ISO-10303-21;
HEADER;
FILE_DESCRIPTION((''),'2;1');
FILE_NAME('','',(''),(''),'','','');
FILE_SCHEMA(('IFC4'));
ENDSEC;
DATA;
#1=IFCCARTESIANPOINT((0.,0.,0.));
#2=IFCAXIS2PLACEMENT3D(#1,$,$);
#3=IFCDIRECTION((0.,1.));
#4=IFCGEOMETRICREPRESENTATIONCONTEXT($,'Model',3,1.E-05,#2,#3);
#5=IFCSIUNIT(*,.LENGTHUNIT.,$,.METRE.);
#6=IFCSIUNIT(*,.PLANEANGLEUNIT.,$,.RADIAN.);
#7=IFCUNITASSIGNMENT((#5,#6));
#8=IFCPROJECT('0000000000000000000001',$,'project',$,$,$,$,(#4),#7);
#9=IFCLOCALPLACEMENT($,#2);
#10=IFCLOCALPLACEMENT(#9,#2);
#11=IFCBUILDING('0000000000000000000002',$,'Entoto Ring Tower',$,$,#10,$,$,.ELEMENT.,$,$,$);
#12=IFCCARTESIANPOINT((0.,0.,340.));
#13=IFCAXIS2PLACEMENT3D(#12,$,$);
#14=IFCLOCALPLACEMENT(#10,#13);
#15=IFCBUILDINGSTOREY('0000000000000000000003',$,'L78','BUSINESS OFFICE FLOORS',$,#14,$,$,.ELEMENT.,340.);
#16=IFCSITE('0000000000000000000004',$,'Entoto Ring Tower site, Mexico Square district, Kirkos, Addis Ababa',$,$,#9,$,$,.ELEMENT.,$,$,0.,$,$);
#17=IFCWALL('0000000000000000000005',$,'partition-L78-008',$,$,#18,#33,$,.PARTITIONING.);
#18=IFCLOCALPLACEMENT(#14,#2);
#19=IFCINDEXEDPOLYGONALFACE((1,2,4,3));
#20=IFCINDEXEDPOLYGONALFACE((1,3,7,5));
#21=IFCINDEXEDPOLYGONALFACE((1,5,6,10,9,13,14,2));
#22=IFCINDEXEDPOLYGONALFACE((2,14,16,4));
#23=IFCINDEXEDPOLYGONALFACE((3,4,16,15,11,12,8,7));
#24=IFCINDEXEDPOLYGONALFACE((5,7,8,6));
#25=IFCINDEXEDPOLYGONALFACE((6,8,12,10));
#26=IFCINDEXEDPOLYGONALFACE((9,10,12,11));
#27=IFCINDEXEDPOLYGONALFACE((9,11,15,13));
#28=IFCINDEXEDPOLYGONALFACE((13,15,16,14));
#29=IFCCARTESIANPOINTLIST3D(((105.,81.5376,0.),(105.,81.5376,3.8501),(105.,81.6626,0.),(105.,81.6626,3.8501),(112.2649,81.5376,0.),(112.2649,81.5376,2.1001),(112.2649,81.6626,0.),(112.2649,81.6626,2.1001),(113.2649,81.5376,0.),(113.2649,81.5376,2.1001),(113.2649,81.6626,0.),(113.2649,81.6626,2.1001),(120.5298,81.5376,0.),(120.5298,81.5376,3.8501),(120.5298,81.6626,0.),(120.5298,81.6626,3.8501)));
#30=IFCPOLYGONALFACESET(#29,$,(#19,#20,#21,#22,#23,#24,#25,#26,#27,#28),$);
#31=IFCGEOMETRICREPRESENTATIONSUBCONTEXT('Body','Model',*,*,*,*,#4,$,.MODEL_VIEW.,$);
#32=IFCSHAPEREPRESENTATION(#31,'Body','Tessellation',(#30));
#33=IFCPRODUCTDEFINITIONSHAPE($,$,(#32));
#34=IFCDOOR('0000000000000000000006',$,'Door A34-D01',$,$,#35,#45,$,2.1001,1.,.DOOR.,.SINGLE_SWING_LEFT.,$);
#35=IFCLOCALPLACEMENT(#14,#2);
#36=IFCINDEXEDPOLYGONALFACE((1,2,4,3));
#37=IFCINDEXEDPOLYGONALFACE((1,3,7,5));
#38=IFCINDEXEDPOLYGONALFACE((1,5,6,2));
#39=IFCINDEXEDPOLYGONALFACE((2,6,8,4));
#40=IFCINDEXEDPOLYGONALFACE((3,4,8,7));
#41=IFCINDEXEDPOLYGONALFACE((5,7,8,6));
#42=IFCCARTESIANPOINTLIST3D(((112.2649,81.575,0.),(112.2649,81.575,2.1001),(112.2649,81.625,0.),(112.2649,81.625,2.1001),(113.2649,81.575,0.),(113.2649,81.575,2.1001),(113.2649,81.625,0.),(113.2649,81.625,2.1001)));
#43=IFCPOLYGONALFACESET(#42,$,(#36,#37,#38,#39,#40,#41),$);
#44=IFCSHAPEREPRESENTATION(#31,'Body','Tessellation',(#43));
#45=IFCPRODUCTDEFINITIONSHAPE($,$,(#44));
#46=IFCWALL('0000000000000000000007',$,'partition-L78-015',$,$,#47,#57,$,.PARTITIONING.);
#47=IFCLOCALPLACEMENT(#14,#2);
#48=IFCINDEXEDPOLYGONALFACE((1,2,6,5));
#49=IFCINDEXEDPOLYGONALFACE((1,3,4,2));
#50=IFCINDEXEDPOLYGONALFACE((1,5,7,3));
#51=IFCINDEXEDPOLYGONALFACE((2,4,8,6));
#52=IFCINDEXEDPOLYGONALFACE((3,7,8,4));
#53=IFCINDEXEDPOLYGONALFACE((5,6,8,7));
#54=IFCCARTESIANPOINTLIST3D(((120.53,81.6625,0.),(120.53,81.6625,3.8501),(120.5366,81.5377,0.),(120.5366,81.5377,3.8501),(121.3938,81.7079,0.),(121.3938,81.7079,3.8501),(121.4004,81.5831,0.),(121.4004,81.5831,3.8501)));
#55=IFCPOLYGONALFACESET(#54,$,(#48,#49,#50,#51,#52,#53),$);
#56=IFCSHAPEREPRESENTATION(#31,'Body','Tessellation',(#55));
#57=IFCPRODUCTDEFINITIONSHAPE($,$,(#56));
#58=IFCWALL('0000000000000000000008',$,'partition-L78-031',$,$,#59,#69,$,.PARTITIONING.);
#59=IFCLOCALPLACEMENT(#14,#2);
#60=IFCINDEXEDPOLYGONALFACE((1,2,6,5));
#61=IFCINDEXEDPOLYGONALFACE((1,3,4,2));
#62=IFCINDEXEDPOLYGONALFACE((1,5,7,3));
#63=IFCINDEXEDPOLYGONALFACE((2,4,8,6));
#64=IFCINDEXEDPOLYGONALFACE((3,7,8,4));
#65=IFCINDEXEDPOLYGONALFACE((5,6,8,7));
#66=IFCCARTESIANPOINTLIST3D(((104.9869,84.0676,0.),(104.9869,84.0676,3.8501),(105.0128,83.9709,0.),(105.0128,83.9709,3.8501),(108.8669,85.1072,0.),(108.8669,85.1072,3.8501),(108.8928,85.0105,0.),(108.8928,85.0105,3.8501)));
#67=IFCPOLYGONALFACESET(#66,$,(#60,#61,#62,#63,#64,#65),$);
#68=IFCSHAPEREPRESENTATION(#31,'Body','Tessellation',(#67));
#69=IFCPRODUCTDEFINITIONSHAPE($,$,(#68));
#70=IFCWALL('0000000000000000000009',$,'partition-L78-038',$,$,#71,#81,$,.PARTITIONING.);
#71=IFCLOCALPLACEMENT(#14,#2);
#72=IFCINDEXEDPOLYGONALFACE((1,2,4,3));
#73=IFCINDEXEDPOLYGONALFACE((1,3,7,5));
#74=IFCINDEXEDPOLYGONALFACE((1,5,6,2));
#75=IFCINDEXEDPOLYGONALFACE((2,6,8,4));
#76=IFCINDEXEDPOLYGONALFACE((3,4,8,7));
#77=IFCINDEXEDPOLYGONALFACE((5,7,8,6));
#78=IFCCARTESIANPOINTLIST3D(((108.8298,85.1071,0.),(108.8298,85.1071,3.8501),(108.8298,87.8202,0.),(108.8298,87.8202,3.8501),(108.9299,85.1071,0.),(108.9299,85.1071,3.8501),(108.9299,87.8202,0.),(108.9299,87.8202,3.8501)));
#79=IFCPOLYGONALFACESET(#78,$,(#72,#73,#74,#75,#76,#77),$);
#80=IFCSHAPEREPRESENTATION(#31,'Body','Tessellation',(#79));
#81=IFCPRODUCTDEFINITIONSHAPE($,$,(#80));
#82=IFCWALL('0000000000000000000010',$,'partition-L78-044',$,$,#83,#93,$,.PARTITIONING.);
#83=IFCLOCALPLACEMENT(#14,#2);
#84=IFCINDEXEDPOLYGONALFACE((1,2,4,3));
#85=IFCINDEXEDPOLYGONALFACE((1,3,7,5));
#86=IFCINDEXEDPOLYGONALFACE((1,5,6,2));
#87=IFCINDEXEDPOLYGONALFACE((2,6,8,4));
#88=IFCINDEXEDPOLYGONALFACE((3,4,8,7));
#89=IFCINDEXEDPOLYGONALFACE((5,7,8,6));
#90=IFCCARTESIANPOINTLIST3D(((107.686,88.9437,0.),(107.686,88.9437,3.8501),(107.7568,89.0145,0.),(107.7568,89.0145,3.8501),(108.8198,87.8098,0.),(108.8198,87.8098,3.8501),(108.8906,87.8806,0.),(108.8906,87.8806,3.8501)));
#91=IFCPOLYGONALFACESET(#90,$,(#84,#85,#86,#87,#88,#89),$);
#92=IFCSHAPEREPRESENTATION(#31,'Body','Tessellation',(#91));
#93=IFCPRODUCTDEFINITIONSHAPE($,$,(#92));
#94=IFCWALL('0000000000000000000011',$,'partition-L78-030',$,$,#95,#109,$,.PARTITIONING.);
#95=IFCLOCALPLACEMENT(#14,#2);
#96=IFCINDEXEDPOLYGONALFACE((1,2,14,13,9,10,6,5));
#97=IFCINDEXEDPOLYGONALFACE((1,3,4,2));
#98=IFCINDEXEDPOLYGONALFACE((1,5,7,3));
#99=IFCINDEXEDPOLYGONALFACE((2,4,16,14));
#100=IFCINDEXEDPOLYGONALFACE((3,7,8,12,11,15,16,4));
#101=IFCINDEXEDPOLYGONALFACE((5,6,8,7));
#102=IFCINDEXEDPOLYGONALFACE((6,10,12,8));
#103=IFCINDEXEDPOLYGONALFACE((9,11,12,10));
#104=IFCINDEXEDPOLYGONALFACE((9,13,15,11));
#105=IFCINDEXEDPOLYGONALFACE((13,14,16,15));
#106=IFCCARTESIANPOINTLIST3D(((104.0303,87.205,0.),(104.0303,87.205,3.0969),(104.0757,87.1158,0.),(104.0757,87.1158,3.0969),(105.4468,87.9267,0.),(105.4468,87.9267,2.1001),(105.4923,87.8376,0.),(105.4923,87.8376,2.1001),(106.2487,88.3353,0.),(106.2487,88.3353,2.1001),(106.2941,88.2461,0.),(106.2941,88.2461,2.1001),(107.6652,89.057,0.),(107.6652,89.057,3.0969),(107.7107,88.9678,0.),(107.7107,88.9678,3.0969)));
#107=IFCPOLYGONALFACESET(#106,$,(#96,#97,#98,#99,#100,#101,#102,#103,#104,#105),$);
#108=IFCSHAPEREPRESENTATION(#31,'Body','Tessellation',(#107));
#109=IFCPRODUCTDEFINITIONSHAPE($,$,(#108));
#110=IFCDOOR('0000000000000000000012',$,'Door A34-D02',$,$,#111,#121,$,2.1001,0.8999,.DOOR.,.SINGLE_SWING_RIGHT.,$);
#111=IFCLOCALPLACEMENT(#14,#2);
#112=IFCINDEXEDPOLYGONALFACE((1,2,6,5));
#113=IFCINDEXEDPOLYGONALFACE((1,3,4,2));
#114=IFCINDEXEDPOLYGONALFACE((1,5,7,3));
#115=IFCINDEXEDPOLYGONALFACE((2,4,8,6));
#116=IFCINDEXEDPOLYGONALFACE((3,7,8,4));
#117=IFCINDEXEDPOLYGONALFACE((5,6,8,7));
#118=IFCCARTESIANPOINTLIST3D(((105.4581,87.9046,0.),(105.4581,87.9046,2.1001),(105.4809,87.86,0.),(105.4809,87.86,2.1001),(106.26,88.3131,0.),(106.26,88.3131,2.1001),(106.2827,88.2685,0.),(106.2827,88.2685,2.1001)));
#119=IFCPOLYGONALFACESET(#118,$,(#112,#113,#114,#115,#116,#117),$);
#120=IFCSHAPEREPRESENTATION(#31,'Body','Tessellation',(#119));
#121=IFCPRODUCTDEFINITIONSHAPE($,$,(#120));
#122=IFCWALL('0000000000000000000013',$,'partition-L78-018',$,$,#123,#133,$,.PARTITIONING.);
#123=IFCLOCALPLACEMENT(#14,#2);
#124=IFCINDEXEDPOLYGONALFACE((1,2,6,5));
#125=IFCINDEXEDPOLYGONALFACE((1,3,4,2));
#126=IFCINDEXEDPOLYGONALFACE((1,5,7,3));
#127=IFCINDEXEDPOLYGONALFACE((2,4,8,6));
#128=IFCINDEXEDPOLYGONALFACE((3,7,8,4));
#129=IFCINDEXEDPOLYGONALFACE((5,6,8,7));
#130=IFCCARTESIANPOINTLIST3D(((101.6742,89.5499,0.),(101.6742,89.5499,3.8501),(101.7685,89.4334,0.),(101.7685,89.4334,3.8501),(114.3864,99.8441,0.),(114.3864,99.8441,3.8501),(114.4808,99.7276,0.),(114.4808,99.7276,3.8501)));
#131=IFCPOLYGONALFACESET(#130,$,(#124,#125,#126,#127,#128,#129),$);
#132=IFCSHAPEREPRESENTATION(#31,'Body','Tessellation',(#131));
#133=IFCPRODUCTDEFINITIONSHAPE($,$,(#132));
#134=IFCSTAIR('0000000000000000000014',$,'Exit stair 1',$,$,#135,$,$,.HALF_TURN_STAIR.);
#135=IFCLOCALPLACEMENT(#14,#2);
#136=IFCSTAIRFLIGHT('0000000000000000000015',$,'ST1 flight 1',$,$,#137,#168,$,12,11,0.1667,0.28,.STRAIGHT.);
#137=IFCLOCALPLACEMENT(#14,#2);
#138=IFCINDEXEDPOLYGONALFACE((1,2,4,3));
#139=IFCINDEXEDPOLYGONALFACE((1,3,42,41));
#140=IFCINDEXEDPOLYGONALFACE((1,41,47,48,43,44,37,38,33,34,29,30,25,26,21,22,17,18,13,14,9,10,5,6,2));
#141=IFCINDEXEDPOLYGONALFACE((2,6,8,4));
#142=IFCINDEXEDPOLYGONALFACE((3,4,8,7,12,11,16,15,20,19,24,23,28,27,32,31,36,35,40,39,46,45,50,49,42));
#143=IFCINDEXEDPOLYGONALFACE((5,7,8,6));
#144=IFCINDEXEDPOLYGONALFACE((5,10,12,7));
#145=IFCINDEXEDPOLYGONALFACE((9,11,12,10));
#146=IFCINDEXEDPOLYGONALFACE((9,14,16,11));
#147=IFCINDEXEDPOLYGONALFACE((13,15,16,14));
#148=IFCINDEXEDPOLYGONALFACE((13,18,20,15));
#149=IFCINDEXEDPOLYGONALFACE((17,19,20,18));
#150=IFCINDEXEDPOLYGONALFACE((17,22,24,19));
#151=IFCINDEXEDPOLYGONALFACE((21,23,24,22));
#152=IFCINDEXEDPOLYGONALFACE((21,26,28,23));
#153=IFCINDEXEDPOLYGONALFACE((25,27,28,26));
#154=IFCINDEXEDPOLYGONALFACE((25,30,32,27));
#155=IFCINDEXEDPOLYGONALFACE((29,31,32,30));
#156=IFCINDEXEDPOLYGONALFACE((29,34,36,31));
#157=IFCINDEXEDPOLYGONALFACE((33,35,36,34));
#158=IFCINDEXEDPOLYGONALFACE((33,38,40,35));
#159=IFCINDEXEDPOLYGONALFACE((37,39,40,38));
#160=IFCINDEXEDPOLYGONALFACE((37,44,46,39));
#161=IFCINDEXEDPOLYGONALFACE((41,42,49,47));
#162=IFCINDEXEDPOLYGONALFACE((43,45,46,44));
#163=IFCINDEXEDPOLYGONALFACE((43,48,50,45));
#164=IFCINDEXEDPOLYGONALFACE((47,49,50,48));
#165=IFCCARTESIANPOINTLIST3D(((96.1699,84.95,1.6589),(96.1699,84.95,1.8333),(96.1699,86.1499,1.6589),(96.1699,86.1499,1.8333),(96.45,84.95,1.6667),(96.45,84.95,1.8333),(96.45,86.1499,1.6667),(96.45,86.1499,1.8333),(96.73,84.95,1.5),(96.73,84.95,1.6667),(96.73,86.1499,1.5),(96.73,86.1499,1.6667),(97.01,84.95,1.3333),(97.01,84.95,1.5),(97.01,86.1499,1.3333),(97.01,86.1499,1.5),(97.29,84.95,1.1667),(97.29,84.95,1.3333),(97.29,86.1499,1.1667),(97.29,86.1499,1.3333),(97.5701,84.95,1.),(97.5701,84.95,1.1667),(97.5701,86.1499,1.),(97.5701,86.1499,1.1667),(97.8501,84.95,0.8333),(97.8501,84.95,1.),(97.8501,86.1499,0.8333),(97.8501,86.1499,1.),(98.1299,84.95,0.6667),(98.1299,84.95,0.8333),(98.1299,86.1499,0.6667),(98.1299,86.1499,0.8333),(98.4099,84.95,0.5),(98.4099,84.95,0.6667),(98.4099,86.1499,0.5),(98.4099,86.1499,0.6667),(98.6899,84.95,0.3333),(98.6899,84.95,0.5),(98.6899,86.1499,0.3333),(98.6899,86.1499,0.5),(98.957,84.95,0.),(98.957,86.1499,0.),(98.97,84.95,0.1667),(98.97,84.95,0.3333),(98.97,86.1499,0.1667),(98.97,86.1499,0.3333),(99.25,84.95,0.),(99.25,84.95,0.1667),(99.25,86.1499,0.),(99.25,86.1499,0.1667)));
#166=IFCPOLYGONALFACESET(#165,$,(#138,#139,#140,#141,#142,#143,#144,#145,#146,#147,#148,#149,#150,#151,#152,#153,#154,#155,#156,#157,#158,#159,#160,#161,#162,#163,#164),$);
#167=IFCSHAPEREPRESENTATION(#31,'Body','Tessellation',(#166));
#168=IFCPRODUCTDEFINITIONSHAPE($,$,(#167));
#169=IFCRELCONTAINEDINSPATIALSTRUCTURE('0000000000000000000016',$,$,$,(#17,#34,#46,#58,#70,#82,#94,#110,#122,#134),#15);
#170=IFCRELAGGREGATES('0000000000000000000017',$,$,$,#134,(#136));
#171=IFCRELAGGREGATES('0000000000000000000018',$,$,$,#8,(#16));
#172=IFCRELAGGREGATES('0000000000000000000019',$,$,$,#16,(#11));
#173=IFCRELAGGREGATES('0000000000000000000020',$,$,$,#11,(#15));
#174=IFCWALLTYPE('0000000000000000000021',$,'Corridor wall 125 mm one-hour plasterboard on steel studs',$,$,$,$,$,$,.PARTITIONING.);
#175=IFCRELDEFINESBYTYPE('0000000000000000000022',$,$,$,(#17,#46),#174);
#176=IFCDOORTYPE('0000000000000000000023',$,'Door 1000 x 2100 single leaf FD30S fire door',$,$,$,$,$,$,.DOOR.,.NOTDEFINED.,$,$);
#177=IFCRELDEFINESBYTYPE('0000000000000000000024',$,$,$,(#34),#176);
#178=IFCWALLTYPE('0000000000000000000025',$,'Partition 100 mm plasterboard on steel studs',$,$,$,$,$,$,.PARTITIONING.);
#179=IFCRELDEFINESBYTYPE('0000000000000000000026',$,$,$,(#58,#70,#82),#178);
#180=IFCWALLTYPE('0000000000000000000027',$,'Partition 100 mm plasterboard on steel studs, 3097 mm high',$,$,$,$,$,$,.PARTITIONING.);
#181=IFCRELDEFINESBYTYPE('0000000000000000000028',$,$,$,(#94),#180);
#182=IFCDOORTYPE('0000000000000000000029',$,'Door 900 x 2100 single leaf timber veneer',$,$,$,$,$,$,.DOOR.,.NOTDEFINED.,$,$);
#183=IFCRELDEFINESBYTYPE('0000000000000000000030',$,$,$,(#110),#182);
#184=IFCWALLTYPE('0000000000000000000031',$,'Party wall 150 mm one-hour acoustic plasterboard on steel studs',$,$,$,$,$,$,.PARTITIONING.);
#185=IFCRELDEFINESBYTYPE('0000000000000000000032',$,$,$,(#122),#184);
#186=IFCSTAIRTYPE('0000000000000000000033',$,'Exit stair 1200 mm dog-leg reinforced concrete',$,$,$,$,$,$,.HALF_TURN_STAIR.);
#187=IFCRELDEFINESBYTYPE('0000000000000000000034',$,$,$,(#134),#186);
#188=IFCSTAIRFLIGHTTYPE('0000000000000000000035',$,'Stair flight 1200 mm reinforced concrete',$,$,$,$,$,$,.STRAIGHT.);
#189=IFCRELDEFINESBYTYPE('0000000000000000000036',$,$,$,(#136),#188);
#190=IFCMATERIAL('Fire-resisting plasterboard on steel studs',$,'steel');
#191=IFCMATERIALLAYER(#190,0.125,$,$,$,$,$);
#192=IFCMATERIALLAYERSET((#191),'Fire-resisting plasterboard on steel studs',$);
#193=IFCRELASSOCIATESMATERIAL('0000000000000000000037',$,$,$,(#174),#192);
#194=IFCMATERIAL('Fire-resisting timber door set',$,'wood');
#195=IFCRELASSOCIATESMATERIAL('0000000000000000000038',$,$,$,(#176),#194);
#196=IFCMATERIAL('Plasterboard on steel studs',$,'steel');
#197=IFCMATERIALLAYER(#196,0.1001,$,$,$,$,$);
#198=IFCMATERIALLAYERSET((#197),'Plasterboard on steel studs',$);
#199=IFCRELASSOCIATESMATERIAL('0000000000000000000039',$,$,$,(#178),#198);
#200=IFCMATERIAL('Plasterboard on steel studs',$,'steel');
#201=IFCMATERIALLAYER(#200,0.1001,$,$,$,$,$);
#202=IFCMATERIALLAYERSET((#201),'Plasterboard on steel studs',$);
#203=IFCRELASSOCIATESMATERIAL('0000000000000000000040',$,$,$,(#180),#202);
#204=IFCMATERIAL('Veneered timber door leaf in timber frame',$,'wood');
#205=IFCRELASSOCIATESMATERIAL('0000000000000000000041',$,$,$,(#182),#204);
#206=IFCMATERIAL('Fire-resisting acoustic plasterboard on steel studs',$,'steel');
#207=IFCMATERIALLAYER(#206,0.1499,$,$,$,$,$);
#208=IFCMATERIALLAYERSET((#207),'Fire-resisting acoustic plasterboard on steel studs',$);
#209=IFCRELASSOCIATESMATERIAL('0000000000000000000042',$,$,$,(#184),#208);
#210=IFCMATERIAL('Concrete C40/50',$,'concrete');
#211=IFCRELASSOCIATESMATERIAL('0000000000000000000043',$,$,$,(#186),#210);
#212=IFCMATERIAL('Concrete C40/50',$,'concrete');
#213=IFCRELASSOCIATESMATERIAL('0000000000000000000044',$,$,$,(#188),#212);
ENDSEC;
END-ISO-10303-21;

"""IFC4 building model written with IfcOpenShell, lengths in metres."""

from ifc_helpers import new_model, si_unit, direction, frame, frame_2d, origin, place, context, subcontext, project, spatial, polyline, rectangle, outline, extrude, material, layer, layer_set, type_object, element, fill, aggregate, save


model = new_model("IFC4")

# Units and contexts
model_context = context("Model", 3, precision=1e-05, world=origin(), true_north=direction((0.0, 1.0)))
body_context = subcontext(model_context, "Body", "Model", "MODEL_VIEW")
ifc_project = project(units=[si_unit("LENGTHUNIT", "METRE"), si_unit("PLANEANGLEUNIT", "RADIAN")], contexts=[model_context])

# Site, building, storey
site_placement = place(None, origin())
site = spatial("IfcSite", under=ifc_project, at=site_placement, Name="Entoto Ring Tower site, Mexico Square district, Kirkos, Addis Ababa", CompositionType="ELEMENT", RefElevation=0.0)
building_placement = place(site_placement, origin())
building = spatial("IfcBuilding", under=site, at=building_placement, Name="Entoto Ring Tower", CompositionType="ELEMENT")
storey_placement = place(building_placement, frame((0.0, 0.0, 340.0)))
storey = spatial("IfcBuildingStorey", under=building, at=storey_placement, Name="L78", Description="BUSINESS OFFICE FLOORS", CompositionType="ELEMENT", Elevation=340.0)

# Wall, opening, door
ifc_material_1 = material(Name="Fire-resisting plasterboard on steel studs", Category="steel")
ifc_layer_1 = layer(ifc_material_1, 0.125)
ifc_layer_set_1 = layer_set([ifc_layer_1], Name="Fire-resisting plasterboard on steel studs")
wall_type_1 = type_object("IfcWallType", Name="Corridor wall 125 mm one-hour plasterboard on steel studs", PredefinedType="PARTITIONING", material=ifc_layer_set_1)
ifc_material_2 = material(Name="Fire-resisting timber door set", Category="wood")
door_type_1 = type_object("IfcDoorType", Name="Door 1000 x 2100 single leaf FD30S fire door", OperationType="NOTDEFINED", PredefinedType="DOOR", material=ifc_material_2)
wall_1_placement = place(storey_placement, frame((105.0, 81.6001, 0.0), z_axis=(0.0, 0.0, 1.0), x_axis=(1.0, 0.0, 0.0)))
wall_1 = element("IfcWall", 1, at=wall_1_placement, inside=storey, type_object=wall_type_1, Name="partition-L78-008", PredefinedType="PARTITIONING", context=body_context, shape_type="SweptSolid", body=[
    extrude(rectangle(XDim=15.5298, YDim=0.125, at=frame_2d((7.7649, 0.0))), origin(), (0.0, 0.0, 1.0), 3.8501),
])
opening_1_placement = place(wall_1_placement, frame((7.2649, 0.0, 0.0)))
opening_1 = element("IfcOpeningElement", 2, at=opening_1_placement, cuts=wall_1, PredefinedType="OPENING", context=body_context, shape_type="SweptSolid", body=[
    extrude(rectangle(XDim=1.0, YDim=2.1001, at=frame_2d((0.5, 1.05))), frame((0.0, 0.0725, 0.0), z_axis=(0.0, -1.0, 0.0), x_axis=(1.0, 0.0, 0.0)), (0.0, 0.0, 1.0), 0.145),
])
door_1_placement = place(opening_1_placement, origin())
door_1 = element("IfcDoor", 3, at=door_1_placement, inside=storey, type_object=door_type_1, Name="Door A34-D01", OperationType="SINGLE_SWING_LEFT", OverallHeight=2.1001, OverallWidth=1.0, PredefinedType="DOOR", context=body_context, shape_type="SweptSolid", body=[
    extrude(rectangle(XDim=1.0, YDim=2.1001, at=frame_2d((0.5, 1.05))), frame((0.0, 0.0249, 0.0), z_axis=(0.0, -1.0, 0.0), x_axis=(1.0, 0.0, 0.0)), (0.0, 0.0, 1.0), 0.05),
])
fill(opening_1, door_1)

# Walls
wall_2_placement = place(storey_placement, frame((120.5332, 81.6001, 0.0), z_axis=(0.0, 0.0, 1.0), x_axis=(0.998621, 0.0525, 0.0)))
element("IfcWall", 4, at=wall_2_placement, inside=storey, type_object=wall_type_1, Name="partition-L78-015", PredefinedType="PARTITIONING", context=body_context, shape_type="SweptSolid", body=[
    extrude(rectangle(XDim=0.865, YDim=0.125, at=frame_2d((0.4326, 0.0))), origin(), (0.0, 0.0, 1.0), 3.8501),
])
ifc_material_3 = material(Name="Plasterboard on steel studs", Category="steel")
ifc_layer_2 = layer(ifc_material_3, 0.1001)
ifc_layer_set_2 = layer_set([ifc_layer_2], Name="Plasterboard on steel studs")
wall_type_2 = type_object("IfcWallType", Name="Partition 100 mm plasterboard on steel studs", PredefinedType="PARTITIONING", material=ifc_layer_set_2)
wall_3_placement = place(storey_placement, frame((105.0, 84.0193, 0.0), z_axis=(0.0, 0.0, 1.0), x_axis=(0.96593, 0.258805, 0.0)))
element("IfcWall", 5, at=wall_3_placement, inside=storey, type_object=wall_type_2, Name="partition-L78-031", PredefinedType="PARTITIONING", context=body_context, shape_type="SweptSolid", body=[
    extrude(rectangle(XDim=4.0168, YDim=0.1001, at=frame_2d((2.0083, 0.0))), origin(), (0.0, 0.0, 1.0), 3.8501),
])
wall_4_placement = place(storey_placement, frame((108.8799, 85.1072, 0.0), z_axis=(0.0, 0.0, 1.0), x_axis=(0.0, 1.0, 0.0)))
element("IfcWall", 6, at=wall_4_placement, inside=storey, type_object=wall_type_2, Name="partition-L78-038", PredefinedType="PARTITIONING", context=body_context, shape_type="SweptSolid", body=[
    extrude(rectangle(XDim=2.7131, YDim=0.1001, at=frame_2d((1.3564, 0.0))), origin(), (0.0, 0.0, 1.0), 3.8501),
])
wall_5_placement = place(storey_placement, frame((108.8552, 87.8452, 0.0), z_axis=(0.0, 0.0, 1.0), x_axis=(-0.707107, 0.707107, 0.0)))
element("IfcWall", 7, at=wall_5_placement, inside=storey, type_object=wall_type_2, Name="partition-L78-044", PredefinedType="PARTITIONING", context=body_context, shape_type="SweptSolid", body=[
    extrude(rectangle(XDim=1.6035, YDim=0.1001, at=frame_2d((0.8018, 0.0))), origin(), (0.0, 0.0, 1.0), 3.8501),
])

# Wall, opening, door
ifc_material_4 = material(Name="Plasterboard on steel studs", Category="steel")
ifc_layer_3 = layer(ifc_material_4, 0.1001)
ifc_layer_set_3 = layer_set([ifc_layer_3], Name="Plasterboard on steel studs")
wall_type_3 = type_object("IfcWallType", Name="Partition 100 mm plasterboard on steel studs, 3097 mm high", PredefinedType="PARTITIONING", material=ifc_layer_set_3)
wall_6_placement = place(storey_placement, frame((104.053, 87.1604, 0.0), z_axis=(0.0, 0.0, 1.0), x_axis=(0.891014, 0.453975, 0.0)))
wall_6 = element("IfcWall", 8, at=wall_6_placement, inside=storey, type_object=wall_type_3, Name="partition-L78-030", PredefinedType="PARTITIONING", context=body_context, shape_type="SweptSolid", body=[
    extrude(rectangle(XDim=4.0796, YDim=0.1001, at=frame_2d((2.0398, 0.0))), origin(), (0.0, 0.0, 1.0), 3.0969),
])
opening_2_placement = place(wall_6_placement, frame((1.5898, 0.0, 0.0)))
opening_2 = element("IfcOpeningElement", 9, at=opening_2_placement, cuts=wall_6, PredefinedType="OPENING", context=body_context, shape_type="SweptSolid", body=[
    extrude(rectangle(XDim=0.8999, YDim=2.1001, at=frame_2d((0.45, 1.05))), frame((0.0, 0.0601, 0.0), z_axis=(0.0, -1.0, 0.0), x_axis=(1.0, 0.0, 0.0)), (0.0, 0.0, 1.0), 0.1201),
])
ifc_material_5 = material(Name="Veneered timber door leaf in timber frame", Category="wood")
door_type_2 = type_object("IfcDoorType", Name="Door 900 x 2100 single leaf timber veneer", OperationType="NOTDEFINED", PredefinedType="DOOR", material=ifc_material_5)
door_2_placement = place(opening_2_placement, frame((0.8999, 0.0, 0.0), z_axis=(0.0, 0.0, 1.0), x_axis=(-1.0, 0.0, 0.0)))
door_2 = element("IfcDoor", 10, at=door_2_placement, inside=storey, type_object=door_type_2, Name="Door A34-D02", OperationType="SINGLE_SWING_RIGHT", OverallHeight=2.1001, OverallWidth=0.8999, PredefinedType="DOOR", context=body_context, shape_type="SweptSolid", body=[
    extrude(rectangle(XDim=0.8999, YDim=2.1001, at=frame_2d((0.45, 1.05))), frame((0.0, 0.0249, 0.0), z_axis=(0.0, -1.0, 0.0), x_axis=(1.0, 0.0, 0.0)), (0.0, 0.0, 1.0), 0.05),
])
fill(opening_2, door_2)

# Wall
ifc_material_6 = material(Name="Fire-resisting acoustic plasterboard on steel studs", Category="steel")
ifc_layer_4 = layer(ifc_material_6, 0.1499)
ifc_layer_set_4 = layer_set([ifc_layer_4], Name="Fire-resisting acoustic plasterboard on steel studs")
wall_type_4 = type_object("IfcWallType", Name="Party wall 150 mm one-hour acoustic plasterboard on steel studs", PredefinedType="PARTITIONING", material=ifc_layer_set_4)
wall_7_placement = place(storey_placement, frame((101.7214, 89.4917, 0.0), z_axis=(0.0, 0.0, 1.0), x_axis=(0.777143, 0.629324, 0.0)))
element("IfcWall", 11, at=wall_7_placement, inside=storey, type_object=wall_type_4, Name="partition-L78-018", PredefinedType="PARTITIONING", context=body_context, shape_type="SweptSolid", body=[
    extrude(rectangle(XDim=16.3577, YDim=0.1499, at=frame_2d((8.1787, 0.0))), origin(), (0.0, 0.0, 1.0), 3.8501),
])

# Stair, stair flight
ifc_material_7 = material(Name="Concrete C40/50", Category="concrete")
stair_type = type_object("IfcStairType", Name="Exit stair 1200 mm dog-leg reinforced concrete", PredefinedType="HALF_TURN_STAIR", material=ifc_material_7)
stair_placement = place(storey_placement, origin())
stair = element("IfcStair", 12, at=stair_placement, inside=storey, type_object=stair_type, Name="Exit stair 1", PredefinedType="HALF_TURN_STAIR")
ifc_material_8 = material(Name="Concrete C40/50", Category="concrete")
stair_flight_type = type_object("IfcStairFlightType", Name="Stair flight 1200 mm reinforced concrete", PredefinedType="STRAIGHT", material=ifc_material_8)
stair_flight_placement = place(storey_placement, frame((99.25, 85.55, 0.0), z_axis=(0.0, 0.0, 1.0), x_axis=(-1.0, 0.0, 0.0)))
stair_flight = element("IfcStairFlight", 13, at=stair_flight_placement, type_object=stair_flight_type, Name="ST1 flight 1", NumberOfRisers=12, NumberOfTreads=11, PredefinedType="STRAIGHT", RiserHeight=0.1667, TreadLength=0.28, context=body_context, shape_type="SweptSolid", body=[
    extrude(outline(polyline([(0.0, 0.0), (0.0, 0.1667), (0.28, 0.1667), (0.28, 0.3333), (0.5601, 0.3333), (0.5601, 0.5), (0.8401, 0.5), (0.8401, 0.6667), (1.1201, 0.6667), (1.1201, 0.8333), (1.3999, 0.8333), (1.3999, 1.0), (1.6799, 1.0), (1.6799, 1.1667), (1.96, 1.1667), (1.96, 1.3333), (2.24, 1.3333), (2.24, 1.5), (2.52, 1.5), (2.52, 1.6667), (2.8, 1.6667), (2.8, 1.8333), (3.0801, 1.8333), (3.0801, 2.0), (3.0801, 1.6589), (0.293, 0.0), (0.0, 0.0)])), frame((0.0, 0.6001, 0.0), z_axis=(0.0, -1.0, 0.0), x_axis=(1.0, 0.0, 0.0)), (0.0, 0.0, 1.0), 1.2),
])
aggregate(stair, [stair_flight])

save(model, "model.ifc")
